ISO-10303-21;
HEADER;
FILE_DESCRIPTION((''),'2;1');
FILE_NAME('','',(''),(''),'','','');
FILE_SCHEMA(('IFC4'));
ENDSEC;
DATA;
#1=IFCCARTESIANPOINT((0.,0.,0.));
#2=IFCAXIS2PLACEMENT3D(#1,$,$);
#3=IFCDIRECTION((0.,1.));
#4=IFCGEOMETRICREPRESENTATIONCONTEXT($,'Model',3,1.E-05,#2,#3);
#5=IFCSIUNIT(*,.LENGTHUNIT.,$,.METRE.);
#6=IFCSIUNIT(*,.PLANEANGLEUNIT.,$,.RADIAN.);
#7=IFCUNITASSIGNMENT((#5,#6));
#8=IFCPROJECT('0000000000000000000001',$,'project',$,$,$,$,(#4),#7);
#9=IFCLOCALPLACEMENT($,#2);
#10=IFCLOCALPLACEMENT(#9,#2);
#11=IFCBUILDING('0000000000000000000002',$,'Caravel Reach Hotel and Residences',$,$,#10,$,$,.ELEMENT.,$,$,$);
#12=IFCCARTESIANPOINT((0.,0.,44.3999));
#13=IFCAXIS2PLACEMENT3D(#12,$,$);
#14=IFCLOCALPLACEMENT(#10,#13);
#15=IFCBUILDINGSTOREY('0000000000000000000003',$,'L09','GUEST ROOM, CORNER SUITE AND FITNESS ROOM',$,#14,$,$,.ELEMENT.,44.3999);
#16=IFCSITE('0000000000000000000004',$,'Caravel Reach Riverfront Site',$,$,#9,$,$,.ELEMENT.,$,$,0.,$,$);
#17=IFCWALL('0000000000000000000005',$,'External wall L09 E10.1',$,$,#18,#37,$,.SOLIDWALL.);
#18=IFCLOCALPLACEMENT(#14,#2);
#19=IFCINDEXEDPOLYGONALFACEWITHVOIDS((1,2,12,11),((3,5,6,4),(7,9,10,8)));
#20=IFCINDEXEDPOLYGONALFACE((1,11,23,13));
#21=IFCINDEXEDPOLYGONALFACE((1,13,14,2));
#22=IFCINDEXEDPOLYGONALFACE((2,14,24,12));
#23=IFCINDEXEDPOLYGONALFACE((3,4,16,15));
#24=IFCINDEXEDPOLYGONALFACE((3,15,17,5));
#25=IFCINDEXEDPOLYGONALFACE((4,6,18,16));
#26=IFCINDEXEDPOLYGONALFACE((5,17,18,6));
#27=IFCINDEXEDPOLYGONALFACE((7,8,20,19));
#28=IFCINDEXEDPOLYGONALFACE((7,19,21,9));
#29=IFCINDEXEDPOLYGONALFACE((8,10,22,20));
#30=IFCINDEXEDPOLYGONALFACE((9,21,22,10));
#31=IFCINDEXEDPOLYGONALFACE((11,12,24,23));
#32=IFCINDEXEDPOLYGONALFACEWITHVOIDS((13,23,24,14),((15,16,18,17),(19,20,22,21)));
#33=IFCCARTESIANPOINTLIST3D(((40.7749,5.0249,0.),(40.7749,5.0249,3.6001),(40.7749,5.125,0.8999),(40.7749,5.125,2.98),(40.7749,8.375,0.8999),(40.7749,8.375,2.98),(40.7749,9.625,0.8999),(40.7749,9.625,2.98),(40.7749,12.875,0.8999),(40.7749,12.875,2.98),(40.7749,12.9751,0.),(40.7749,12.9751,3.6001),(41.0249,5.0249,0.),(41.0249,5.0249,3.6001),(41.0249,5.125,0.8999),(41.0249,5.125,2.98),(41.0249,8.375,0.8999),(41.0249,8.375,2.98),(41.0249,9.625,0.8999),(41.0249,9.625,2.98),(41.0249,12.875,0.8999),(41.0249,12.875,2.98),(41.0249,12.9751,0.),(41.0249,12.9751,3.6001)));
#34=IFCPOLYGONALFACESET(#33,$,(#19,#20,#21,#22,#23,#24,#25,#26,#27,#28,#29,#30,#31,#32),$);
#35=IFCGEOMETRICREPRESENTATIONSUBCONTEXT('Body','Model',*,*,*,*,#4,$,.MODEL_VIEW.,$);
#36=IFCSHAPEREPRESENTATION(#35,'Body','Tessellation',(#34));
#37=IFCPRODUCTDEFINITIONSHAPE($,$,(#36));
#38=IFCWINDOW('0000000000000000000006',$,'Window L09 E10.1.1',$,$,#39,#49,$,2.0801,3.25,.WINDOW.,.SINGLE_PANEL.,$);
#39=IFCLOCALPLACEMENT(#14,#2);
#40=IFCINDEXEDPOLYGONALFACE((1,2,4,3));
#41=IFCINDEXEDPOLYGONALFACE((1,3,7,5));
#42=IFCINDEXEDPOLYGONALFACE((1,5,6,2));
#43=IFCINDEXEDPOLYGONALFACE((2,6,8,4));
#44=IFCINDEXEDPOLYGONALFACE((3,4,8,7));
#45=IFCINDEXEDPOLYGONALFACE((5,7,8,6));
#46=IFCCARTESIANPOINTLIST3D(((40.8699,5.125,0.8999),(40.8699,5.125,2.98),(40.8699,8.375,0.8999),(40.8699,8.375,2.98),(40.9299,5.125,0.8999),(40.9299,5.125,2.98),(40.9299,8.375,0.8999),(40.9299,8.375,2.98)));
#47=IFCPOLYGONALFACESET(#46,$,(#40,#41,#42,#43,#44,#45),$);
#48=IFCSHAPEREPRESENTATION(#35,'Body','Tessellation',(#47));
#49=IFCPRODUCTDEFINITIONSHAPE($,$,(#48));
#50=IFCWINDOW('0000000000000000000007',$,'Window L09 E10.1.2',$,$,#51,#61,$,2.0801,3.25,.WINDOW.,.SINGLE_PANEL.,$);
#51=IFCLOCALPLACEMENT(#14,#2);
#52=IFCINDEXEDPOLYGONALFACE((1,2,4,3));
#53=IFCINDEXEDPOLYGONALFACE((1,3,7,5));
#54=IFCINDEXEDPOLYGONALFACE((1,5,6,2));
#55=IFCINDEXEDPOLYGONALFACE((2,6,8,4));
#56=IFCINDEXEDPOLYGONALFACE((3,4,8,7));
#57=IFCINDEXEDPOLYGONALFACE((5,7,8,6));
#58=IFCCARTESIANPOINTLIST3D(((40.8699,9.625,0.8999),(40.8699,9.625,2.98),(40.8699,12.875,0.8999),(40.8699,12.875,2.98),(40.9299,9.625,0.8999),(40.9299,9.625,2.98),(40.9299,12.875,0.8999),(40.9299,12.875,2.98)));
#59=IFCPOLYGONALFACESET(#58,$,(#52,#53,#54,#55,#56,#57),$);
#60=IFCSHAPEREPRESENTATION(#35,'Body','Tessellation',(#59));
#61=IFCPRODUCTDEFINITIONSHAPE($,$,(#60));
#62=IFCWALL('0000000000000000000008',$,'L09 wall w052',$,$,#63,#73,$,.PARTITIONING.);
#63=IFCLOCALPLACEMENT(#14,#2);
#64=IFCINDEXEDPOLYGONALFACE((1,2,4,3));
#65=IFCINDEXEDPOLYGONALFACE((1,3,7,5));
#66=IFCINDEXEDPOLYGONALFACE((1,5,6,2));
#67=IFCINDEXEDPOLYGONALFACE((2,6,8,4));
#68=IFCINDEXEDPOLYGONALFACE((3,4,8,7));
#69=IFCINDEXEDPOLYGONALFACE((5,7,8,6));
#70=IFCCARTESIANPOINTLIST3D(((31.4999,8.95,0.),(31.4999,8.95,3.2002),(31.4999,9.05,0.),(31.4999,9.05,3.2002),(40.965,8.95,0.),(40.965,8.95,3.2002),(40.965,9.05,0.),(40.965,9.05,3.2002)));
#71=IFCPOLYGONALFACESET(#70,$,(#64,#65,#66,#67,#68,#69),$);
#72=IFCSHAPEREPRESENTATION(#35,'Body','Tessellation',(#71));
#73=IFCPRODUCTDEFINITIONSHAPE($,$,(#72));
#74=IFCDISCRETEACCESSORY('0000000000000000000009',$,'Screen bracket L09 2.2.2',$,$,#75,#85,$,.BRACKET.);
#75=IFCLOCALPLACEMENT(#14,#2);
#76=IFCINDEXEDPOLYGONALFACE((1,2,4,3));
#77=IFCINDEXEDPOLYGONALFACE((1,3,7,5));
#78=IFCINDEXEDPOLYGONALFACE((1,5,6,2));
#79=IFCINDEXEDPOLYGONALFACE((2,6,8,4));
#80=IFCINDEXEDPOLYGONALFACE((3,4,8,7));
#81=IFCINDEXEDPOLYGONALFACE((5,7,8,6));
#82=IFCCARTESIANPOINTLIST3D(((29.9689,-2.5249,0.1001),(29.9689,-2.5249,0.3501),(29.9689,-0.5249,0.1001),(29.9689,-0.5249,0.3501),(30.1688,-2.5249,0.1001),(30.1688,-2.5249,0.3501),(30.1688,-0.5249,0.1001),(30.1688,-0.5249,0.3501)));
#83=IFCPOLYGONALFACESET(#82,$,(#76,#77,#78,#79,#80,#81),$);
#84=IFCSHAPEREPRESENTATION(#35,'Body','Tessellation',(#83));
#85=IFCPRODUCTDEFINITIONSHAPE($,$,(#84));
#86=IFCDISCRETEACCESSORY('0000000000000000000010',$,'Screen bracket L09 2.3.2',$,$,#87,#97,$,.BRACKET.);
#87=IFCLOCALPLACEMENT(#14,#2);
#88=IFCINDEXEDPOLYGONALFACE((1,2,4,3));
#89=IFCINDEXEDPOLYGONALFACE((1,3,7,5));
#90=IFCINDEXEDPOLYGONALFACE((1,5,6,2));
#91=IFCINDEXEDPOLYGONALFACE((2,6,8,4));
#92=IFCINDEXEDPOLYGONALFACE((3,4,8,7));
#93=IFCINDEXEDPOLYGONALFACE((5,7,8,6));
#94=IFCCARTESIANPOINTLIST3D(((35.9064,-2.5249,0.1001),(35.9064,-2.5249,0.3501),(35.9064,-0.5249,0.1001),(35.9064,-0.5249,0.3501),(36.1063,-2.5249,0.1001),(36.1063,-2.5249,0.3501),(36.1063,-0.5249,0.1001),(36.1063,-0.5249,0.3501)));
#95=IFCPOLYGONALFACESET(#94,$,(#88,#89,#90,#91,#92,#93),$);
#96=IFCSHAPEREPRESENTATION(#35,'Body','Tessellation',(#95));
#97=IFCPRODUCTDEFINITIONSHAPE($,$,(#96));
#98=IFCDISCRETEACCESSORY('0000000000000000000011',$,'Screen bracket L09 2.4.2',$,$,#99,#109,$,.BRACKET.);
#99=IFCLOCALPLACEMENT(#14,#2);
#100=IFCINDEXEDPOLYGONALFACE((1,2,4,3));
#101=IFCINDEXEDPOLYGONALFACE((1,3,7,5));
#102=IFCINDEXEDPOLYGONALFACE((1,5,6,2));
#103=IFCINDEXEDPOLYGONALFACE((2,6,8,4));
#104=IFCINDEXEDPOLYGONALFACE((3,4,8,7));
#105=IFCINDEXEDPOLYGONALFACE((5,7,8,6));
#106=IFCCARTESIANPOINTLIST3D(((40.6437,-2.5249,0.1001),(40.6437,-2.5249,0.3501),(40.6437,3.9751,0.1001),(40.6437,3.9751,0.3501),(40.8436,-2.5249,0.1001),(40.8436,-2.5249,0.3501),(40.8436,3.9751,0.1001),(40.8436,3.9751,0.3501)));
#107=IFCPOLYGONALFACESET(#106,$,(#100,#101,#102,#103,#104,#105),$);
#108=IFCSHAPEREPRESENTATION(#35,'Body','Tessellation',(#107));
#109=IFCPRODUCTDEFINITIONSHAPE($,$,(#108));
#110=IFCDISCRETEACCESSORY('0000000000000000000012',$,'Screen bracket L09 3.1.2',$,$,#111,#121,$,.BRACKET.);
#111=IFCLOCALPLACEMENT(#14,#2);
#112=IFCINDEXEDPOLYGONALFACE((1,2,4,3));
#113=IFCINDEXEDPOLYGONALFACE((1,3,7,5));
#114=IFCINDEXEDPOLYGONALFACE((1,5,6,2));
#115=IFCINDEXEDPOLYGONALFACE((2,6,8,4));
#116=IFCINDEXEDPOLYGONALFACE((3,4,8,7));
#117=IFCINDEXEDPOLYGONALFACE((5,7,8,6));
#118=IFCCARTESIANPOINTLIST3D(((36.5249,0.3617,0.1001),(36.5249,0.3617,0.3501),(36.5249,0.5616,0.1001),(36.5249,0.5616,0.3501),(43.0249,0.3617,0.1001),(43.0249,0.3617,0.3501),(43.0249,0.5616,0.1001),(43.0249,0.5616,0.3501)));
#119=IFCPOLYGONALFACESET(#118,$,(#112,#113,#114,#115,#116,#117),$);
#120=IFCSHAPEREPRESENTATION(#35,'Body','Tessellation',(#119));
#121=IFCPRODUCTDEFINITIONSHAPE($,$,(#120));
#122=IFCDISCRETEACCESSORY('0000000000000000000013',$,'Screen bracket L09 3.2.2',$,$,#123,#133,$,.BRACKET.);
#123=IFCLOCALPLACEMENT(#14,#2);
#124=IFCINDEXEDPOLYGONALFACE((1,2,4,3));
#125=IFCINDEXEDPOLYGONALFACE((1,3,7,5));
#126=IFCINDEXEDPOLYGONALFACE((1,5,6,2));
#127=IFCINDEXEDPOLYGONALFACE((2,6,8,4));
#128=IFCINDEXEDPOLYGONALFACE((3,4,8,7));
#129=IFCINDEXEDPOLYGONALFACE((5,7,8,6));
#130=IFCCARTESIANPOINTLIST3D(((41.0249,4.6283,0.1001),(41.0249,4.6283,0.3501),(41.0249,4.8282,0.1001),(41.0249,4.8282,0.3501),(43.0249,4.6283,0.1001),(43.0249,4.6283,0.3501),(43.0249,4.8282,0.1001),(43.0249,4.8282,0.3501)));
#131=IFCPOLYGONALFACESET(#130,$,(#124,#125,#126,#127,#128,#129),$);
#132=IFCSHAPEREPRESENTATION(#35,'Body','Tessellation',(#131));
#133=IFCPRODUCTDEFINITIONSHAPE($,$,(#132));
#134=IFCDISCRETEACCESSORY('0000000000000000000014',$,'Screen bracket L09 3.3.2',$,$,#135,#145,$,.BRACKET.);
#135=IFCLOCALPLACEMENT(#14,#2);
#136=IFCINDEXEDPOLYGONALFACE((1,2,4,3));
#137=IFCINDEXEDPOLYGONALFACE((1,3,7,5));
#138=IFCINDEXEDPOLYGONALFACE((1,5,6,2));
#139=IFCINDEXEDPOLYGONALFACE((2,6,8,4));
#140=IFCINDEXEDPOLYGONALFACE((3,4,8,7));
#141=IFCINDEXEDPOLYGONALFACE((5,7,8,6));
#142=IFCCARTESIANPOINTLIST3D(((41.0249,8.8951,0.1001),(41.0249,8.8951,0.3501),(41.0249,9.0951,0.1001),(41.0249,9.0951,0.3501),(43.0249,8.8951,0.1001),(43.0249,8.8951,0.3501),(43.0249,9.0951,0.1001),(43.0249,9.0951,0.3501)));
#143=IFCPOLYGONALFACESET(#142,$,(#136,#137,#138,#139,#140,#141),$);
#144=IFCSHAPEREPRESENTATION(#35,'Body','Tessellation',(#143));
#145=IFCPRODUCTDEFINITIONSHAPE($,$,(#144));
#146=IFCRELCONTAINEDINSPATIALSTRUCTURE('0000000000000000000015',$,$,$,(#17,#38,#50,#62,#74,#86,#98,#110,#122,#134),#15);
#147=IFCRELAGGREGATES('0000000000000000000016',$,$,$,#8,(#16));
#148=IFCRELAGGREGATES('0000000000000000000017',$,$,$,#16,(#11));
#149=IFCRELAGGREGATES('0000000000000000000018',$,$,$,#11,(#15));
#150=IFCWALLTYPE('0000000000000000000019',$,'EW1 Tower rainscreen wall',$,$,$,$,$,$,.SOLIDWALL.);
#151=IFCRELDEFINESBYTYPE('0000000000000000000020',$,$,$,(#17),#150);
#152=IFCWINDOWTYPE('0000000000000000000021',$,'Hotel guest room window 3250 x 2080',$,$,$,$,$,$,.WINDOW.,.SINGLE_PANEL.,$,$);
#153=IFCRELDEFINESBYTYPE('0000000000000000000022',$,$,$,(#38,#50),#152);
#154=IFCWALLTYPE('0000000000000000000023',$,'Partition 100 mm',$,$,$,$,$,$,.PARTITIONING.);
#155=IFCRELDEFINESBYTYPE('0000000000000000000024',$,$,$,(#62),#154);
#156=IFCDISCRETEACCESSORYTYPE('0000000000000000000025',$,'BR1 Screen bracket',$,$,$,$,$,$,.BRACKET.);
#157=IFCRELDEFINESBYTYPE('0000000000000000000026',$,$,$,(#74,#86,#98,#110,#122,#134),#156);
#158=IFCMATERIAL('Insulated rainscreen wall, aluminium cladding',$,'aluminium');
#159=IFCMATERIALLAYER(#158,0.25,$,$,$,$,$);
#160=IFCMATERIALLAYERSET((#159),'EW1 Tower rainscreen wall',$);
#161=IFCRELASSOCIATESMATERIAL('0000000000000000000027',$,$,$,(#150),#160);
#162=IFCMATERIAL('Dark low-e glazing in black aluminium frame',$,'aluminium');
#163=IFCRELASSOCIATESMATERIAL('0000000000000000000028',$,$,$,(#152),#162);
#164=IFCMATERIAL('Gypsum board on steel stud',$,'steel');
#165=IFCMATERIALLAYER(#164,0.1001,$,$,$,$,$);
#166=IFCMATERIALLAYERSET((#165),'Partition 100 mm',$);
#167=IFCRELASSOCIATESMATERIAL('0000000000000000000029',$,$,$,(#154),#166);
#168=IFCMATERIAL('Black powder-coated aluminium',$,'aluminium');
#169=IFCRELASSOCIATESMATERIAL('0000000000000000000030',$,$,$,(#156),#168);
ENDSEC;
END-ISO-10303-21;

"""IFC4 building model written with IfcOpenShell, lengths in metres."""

from ifc_helpers import new_model, si_unit, direction, frame, frame_2d, origin, origin_2d, place, context, subcontext, project, spatial, rectangle, extrude, material, layer, layer_set, type_object, element, fill, save


model = new_model("IFC4")

# Units and contexts
model_context = context("Model", 3, precision=1e-05, world=origin(), true_north=direction((0.0, 1.0)))
body_context = subcontext(model_context, "Body", "Model", "MODEL_VIEW")
ifc_project = project(units=[si_unit("LENGTHUNIT", "METRE"), si_unit("PLANEANGLEUNIT", "RADIAN")], contexts=[model_context])

# Site, building, storey
site_placement = place(None, origin())
site = spatial("IfcSite", under=ifc_project, at=site_placement, Name="Caravel Reach Riverfront Site", CompositionType="ELEMENT", RefElevation=0.0)
building_placement = place(site_placement, origin())
building = spatial("IfcBuilding", under=site, at=building_placement, Name="Caravel Reach Hotel and Residences", CompositionType="ELEMENT")
storey_placement = place(building_placement, frame((0.0, 0.0, 44.3999)))
storey = spatial("IfcBuildingStorey", under=building, at=storey_placement, Name="L09", Description="GUEST ROOM, CORNER SUITE AND FITNESS ROOM", CompositionType="ELEMENT", Elevation=44.3999)

# Shared definitions
ifc_material_1 = material(Name="Insulated rainscreen wall, aluminium cladding", Category="aluminium")
ifc_layer_1 = layer(ifc_material_1, 0.25)
ifc_layer_set_1 = layer_set([ifc_layer_1], Name="EW1 Tower rainscreen wall")
wall_type_1 = type_object("IfcWallType", Name="EW1 Tower rainscreen wall", PredefinedType="SOLIDWALL", material=ifc_layer_set_1)

# Wall, openings, windows
wall_1_placement = place(storey_placement, frame((40.8999, 5.0249, 0.0), z_axis=(0.0, 0.0, 1.0), x_axis=(0.0, 1.0, 0.0)))
wall_1 = element("IfcWall", 1, at=wall_1_placement, inside=storey, type_object=wall_type_1, Name="External wall L09 E10.1", PredefinedType="SOLIDWALL", context=body_context, shape_type="SweptSolid", body=[
    extrude(rectangle(XDim=7.9502, YDim=0.25, at=frame_2d((3.9751, 0.0))), origin(), (0.0, 0.0, 1.0), 3.6001),
])
opening_1_placement = place(wall_1_placement, frame((0.1001, 0.0, 0.8999)))
opening_1 = element("IfcOpeningElement", 2, at=opening_1_placement, cuts=wall_1, PredefinedType="OPENING", context=body_context, shape_type="SweptSolid", body=[
    extrude(rectangle(XDim=3.25, YDim=2.0801, at=frame_2d((1.625, 1.04))), frame((0.0, 0.135, 0.0), z_axis=(0.0, -1.0, 0.0), x_axis=(1.0, 0.0, 0.0)), (0.0, 0.0, 1.0), 0.27),
])
opening_2_placement = place(wall_1_placement, frame((4.6001, 0.0, 0.8999)))
opening_2 = element("IfcOpeningElement", 3, at=opening_2_placement, cuts=wall_1, PredefinedType="OPENING", context=body_context, shape_type="SweptSolid", body=[
    extrude(rectangle(XDim=3.25, YDim=2.0801, at=frame_2d((1.625, 1.04))), frame((0.0, 0.135, 0.0), z_axis=(0.0, -1.0, 0.0), x_axis=(1.0, 0.0, 0.0)), (0.0, 0.0, 1.0), 0.27),
])
ifc_material_2 = material(Name="Dark low-e glazing in black aluminium frame", Category="aluminium")
window_type_1 = type_object("IfcWindowType", Name="Hotel guest room window 3250 x 2080", PartitioningType="SINGLE_PANEL", PredefinedType="WINDOW", material=ifc_material_2)
window_1_placement = place(opening_1_placement, origin())
window_1 = element("IfcWindow", 4, at=window_1_placement, inside=storey, type_object=window_type_1, Name="Window L09 E10.1.1", OverallHeight=2.0801, OverallWidth=3.25, PartitioningType="SINGLE_PANEL", PredefinedType="WINDOW", context=body_context, shape_type="SweptSolid", body=[
    extrude(rectangle(XDim=3.25, YDim=2.0801, at=frame_2d((1.625, 1.04))), frame((0.0, 0.03, 0.0), z_axis=(0.0, -1.0, 0.0), x_axis=(1.0, 0.0, 0.0)), (0.0, 0.0, 1.0), 0.0601),
])
fill(opening_1, window_1)
window_2_placement = place(opening_2_placement, origin())
window_2 = element("IfcWindow", 5, at=window_2_placement, inside=storey, type_object=window_type_1, Name="Window L09 E10.1.2", OverallHeight=2.0801, OverallWidth=3.25, PartitioningType="SINGLE_PANEL", PredefinedType="WINDOW", context=body_context, shape_type="SweptSolid", body=[
    extrude(rectangle(XDim=3.25, YDim=2.0801, at=frame_2d((1.625, 1.04))), frame((0.0, 0.03, 0.0), z_axis=(0.0, -1.0, 0.0), x_axis=(1.0, 0.0, 0.0)), (0.0, 0.0, 1.0), 0.0601),
])
fill(opening_2, window_2)

# Wall
ifc_material_3 = material(Name="Gypsum board on steel stud", Category="steel")
ifc_layer_2 = layer(ifc_material_3, 0.1001)
ifc_layer_set_2 = layer_set([ifc_layer_2], Name="Partition 100 mm")
wall_type_2 = type_object("IfcWallType", Name="Partition 100 mm", PredefinedType="PARTITIONING", material=ifc_layer_set_2)
wall_2_placement = place(storey_placement, frame((31.5, 9.0, 0.0), z_axis=(0.0, 0.0, 1.0), x_axis=(1.0, 0.0, 0.0)))
element("IfcWall", 6, at=wall_2_placement, inside=storey, type_object=wall_type_2, Name="L09 wall w052", PredefinedType="PARTITIONING", context=body_context, shape_type="SweptSolid", body=[
    extrude(rectangle(XDim=9.4651, YDim=0.1001, at=frame_2d((4.7324, 0.0))), origin(), (0.0, 0.0, 1.0), 3.2002),
])

# Discrete accessories
ifc_material_4 = material(Name="Black powder-coated aluminium", Category="aluminium")
discrete_accessory_type = type_object("IfcDiscreteAccessoryType", Name="BR1 Screen bracket", PredefinedType="BRACKET", material=ifc_material_4)
for number, where, z_axis, x_axis, name in (
    (7, (30.0688, -1.5249, 0.1001), (0.0, 0.0, 1.0), (0.0, -1.0, 0.0), "Screen bracket L09 2.2.2"),
    (8, (36.0063, -1.5249, 0.1001), (0.0, 0.0, 1.0), (0.0, -1.0, 0.0), "Screen bracket L09 2.3.2"),
):
    element("IfcDiscreteAccessory", number, at=place(storey_placement, frame(where, z_axis=z_axis, x_axis=x_axis)), inside=storey, type_object=discrete_accessory_type, Name=name, PredefinedType="BRACKET", context=body_context, shape_type="SweptSolid", body=[
        extrude(rectangle(XDim=2.0, YDim=0.2, at=origin_2d()), origin(), (0.0, 0.0, 1.0), 0.25),
    ])
for number, where, z_axis, x_axis, name in (
    (9, (40.7437, 0.7251, 0.1001), (0.0, 0.0, 1.0), (0.0, -1.0, 0.0), "Screen bracket L09 2.4.2"),
    (10, (39.7749, 0.4617, 0.1001), (0.0, 0.0, 1.0), (1.0, 0.0, 0.0), "Screen bracket L09 3.1.2"),
):
    element("IfcDiscreteAccessory", number, at=place(storey_placement, frame(where, z_axis=z_axis, x_axis=x_axis)), inside=storey, type_object=discrete_accessory_type, Name=name, PredefinedType="BRACKET", context=body_context, shape_type="SweptSolid", body=[
        extrude(rectangle(XDim=6.5, YDim=0.2, at=origin_2d()), origin(), (0.0, 0.0, 1.0), 0.25),
    ])
for number, where, z_axis, x_axis, name in (
    (11, (42.0249, 4.7283, 0.1001), (0.0, 0.0, 1.0), (1.0, 0.0, 0.0), "Screen bracket L09 3.2.2"),
    (12, (42.0249, 8.9951, 0.1001), (0.0, 0.0, 1.0), (1.0, 0.0, 0.0), "Screen bracket L09 3.3.2"),
):
    element("IfcDiscreteAccessory", number, at=place(storey_placement, frame(where, z_axis=z_axis, x_axis=x_axis)), inside=storey, type_object=discrete_accessory_type, Name=name, PredefinedType="BRACKET", context=body_context, shape_type="SweptSolid", body=[
        extrude(rectangle(XDim=2.0, YDim=0.2, at=origin_2d()), origin(), (0.0, 0.0, 1.0), 0.25),
    ])

save(model, "model.ifc")
